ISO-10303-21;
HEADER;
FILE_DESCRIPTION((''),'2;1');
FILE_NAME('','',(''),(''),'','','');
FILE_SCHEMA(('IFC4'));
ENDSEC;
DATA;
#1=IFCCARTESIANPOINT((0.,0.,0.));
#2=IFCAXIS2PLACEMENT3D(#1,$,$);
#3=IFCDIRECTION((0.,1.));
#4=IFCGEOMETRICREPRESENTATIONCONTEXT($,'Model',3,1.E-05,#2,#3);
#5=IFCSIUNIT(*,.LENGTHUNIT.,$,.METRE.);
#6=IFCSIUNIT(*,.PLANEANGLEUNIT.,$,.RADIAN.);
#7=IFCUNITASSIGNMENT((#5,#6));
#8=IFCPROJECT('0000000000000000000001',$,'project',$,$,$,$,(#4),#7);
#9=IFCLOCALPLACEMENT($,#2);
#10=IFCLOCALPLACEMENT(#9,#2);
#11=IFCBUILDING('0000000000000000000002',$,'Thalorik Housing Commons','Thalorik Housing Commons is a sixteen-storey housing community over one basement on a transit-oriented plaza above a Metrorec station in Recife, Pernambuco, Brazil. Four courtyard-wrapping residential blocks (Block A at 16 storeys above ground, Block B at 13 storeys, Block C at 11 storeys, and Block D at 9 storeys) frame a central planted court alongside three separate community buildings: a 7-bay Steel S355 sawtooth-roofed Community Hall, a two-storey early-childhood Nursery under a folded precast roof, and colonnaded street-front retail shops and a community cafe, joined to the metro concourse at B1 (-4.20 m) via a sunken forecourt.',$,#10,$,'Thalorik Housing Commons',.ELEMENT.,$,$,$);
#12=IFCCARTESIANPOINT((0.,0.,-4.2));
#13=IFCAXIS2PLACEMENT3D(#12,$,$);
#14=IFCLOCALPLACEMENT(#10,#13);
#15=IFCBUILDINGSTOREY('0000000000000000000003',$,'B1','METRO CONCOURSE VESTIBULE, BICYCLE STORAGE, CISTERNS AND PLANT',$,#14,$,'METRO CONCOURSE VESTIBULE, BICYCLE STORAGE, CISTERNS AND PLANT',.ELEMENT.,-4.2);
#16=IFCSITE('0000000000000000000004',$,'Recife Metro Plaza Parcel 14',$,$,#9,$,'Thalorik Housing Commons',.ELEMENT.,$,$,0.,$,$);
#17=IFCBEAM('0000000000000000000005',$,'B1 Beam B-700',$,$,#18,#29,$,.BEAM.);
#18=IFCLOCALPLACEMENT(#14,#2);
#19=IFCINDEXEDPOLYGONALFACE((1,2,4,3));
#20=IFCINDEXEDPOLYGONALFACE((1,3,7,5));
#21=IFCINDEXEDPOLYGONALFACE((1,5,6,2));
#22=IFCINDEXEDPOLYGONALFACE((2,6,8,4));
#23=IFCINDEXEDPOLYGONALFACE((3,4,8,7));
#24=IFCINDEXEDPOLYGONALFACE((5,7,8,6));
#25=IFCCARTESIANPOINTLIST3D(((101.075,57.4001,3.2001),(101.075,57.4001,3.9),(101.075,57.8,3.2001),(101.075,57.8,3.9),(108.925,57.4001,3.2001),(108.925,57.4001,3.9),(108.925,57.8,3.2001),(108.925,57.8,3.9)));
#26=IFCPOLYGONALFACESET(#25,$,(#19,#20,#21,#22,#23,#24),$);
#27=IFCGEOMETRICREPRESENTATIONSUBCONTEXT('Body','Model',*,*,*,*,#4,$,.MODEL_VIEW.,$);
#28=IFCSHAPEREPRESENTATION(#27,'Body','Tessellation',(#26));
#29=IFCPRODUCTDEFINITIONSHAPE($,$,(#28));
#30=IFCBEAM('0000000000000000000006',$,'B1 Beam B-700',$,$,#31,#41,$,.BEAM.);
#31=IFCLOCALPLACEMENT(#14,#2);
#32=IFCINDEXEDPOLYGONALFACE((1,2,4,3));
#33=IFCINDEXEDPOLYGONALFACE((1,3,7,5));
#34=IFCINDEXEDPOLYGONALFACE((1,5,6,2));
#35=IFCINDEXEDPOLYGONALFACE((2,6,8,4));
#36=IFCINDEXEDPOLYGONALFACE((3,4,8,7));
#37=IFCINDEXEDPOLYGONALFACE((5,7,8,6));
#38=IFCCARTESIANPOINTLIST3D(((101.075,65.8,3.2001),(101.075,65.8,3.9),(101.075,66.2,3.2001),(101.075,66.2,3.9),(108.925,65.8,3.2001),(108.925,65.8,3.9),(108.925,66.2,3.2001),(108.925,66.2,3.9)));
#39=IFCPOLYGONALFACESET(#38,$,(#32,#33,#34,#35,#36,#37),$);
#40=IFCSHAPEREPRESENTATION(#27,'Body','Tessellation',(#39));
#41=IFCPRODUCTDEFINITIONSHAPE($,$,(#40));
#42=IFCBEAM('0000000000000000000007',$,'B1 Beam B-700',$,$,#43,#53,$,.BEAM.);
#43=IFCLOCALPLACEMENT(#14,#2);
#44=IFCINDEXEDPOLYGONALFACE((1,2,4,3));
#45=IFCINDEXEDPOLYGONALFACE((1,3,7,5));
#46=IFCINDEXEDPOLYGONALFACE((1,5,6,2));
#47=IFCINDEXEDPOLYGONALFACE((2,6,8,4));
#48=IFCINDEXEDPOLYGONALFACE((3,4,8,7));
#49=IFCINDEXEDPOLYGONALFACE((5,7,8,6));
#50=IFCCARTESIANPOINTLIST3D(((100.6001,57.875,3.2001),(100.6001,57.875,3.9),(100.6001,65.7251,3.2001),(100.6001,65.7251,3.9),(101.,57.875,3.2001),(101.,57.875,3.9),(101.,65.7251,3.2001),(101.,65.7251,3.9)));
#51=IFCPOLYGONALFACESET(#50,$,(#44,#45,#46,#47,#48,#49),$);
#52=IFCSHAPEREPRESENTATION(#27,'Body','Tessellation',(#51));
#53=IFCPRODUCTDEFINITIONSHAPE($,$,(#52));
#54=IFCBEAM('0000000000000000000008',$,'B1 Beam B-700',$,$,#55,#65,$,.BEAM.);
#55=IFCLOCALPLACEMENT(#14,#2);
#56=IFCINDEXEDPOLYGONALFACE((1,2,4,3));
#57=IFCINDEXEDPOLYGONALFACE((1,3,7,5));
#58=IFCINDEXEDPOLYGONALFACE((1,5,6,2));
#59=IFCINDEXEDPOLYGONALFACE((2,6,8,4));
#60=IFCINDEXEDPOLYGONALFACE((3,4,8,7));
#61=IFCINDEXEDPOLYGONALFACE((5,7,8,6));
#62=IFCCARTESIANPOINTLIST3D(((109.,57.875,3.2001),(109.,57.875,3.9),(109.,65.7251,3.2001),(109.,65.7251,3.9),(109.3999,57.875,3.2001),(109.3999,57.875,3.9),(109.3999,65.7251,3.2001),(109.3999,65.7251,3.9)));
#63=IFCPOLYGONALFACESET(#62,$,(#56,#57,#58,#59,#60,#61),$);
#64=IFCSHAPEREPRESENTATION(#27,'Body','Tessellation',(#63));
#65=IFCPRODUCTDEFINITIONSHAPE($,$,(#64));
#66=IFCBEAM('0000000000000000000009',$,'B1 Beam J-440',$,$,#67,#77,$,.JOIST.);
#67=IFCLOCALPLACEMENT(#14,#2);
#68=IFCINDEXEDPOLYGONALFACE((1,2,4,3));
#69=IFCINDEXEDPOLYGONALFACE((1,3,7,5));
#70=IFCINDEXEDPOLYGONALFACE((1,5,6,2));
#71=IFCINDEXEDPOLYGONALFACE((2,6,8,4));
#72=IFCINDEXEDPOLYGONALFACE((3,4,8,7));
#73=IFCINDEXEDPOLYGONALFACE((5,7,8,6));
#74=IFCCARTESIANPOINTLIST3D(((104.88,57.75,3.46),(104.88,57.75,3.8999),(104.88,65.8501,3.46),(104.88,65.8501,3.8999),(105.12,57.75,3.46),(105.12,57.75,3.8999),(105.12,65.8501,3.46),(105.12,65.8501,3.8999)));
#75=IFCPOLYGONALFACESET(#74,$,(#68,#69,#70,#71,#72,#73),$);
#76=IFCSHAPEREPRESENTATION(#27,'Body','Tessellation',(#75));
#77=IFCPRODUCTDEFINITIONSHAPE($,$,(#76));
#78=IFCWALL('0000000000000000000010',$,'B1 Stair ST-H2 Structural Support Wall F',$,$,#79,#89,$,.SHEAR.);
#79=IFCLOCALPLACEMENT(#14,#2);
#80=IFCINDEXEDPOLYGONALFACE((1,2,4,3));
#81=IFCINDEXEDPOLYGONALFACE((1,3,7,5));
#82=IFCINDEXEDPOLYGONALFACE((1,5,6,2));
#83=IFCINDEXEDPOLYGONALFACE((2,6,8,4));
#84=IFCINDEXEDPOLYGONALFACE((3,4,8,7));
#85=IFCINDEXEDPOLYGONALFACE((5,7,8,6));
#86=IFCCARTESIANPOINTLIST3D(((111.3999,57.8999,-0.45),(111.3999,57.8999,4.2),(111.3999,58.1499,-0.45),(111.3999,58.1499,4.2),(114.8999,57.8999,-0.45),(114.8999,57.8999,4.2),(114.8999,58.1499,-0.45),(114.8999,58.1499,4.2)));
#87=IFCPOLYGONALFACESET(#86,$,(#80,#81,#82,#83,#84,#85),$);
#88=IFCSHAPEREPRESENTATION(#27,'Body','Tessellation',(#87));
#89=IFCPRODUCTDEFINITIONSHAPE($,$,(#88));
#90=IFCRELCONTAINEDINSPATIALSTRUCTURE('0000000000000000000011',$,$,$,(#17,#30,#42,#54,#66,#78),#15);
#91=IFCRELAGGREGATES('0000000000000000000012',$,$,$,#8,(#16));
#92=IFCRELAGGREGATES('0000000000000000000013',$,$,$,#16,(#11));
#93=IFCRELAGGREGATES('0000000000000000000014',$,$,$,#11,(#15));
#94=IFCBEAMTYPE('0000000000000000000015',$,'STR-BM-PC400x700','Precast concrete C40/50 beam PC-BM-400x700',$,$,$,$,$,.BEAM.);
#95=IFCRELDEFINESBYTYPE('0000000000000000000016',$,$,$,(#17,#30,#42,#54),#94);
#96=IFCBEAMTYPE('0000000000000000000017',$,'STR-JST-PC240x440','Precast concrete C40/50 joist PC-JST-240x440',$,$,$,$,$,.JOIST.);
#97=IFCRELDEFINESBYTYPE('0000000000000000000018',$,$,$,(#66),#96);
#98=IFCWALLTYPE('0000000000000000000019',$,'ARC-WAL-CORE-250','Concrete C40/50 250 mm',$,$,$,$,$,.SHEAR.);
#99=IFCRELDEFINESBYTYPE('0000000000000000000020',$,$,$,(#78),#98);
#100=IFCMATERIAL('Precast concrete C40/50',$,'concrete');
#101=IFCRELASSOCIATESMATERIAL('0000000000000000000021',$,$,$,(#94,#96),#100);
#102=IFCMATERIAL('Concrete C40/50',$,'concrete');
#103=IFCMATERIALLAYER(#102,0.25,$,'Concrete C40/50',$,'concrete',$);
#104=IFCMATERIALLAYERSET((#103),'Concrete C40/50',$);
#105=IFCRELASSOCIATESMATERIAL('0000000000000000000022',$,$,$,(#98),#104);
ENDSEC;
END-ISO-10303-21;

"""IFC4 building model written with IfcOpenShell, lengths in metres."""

from ifc_helpers import new_model, si_unit, direction, frame, frame_2d, origin, origin_2d, place, context, subcontext, project, spatial, rectangle, extrude, material, layer, layer_set, material_profile, profile_set, type_object, element, save


model = new_model("IFC4")

# Units and contexts
model_context = context("Model", 3, precision=1e-05, world=origin(), true_north=direction((0.0, 1.0)))
body_context = subcontext(model_context, "Body", "Model", "MODEL_VIEW")
ifc_project = project(units=[si_unit("LENGTHUNIT", "METRE"), si_unit("PLANEANGLEUNIT", "RADIAN")], contexts=[model_context])

# Site, building, storey
site_placement = place(None, origin())
site = spatial("IfcSite", under=ifc_project, at=site_placement, Name="Recife Metro Plaza Parcel 14", LongName="Thalorik Housing Commons", CompositionType="ELEMENT", RefElevation=0.0)
building_placement = place(site_placement, origin())
building = spatial("IfcBuilding", under=site, at=building_placement, Name="Thalorik Housing Commons", Description="Thalorik Housing Commons is a sixteen-storey housing community over one basement on a transit-oriented plaza above a Metrorec station in Recife, Pernambuco, Brazil. Four courtyard-wrapping residential blocks (Block A at 16 storeys above ground, Block B at 13 storeys, Block C at 11 storeys, and Block D at 9 storeys) frame a central planted court alongside three separate community buildings: a 7-bay Steel S355 sawtooth-roofed Community Hall, a two-storey early-childhood Nursery under a folded precast roof, and colonnaded street-front retail shops and a community cafe, joined to the metro concourse at B1 (-4.20 m) via a sunken forecourt.", LongName="Thalorik Housing Commons", CompositionType="ELEMENT")
storey_placement = place(building_placement, frame((0.0, 0.0, -4.2)))
storey = spatial("IfcBuildingStorey", under=building, at=storey_placement, Name="B1", Description="METRO CONCOURSE VESTIBULE, BICYCLE STORAGE, CISTERNS AND PLANT", LongName="METRO CONCOURSE VESTIBULE, BICYCLE STORAGE, CISTERNS AND PLANT", CompositionType="ELEMENT", Elevation=-4.2)

# Shared definitions
ifc_material_1 = material(Name="Concrete C40/50", Category="concrete")

# Shared definitions
ifc_material_2 = material(Name="Precast concrete C40/50", Category="concrete")

# Beams
ifc_material_profile_1 = material_profile(ifc_material_2, rectangle(XDim=0.3999, YDim=0.7, at=origin_2d()), Name="PC 400x700", Category="concrete")
ifc_profile_set_1 = profile_set([ifc_material_profile_1], Name="Precast concrete C40/50")
beam_type_1 = type_object("IfcBeamType", Name="STR-BM-PC400x700", Description="Precast concrete C40/50 beam PC-BM-400x700", PredefinedType="BEAM", material=ifc_profile_set_1)
for number, where, z_axis, x_axis, name in (
    (1, (101.075, 57.6001, 3.55), (1.0, 0.0, 0.0), (0.0, 1.0, 0.0), "B1 Beam B-700"),
    (2, (101.075, 66.0, 3.55), (1.0, 0.0, 0.0), (0.0, 1.0, 0.0), "B1 Beam B-700"),
    (3, (100.8, 57.875, 3.55), (0.0, 1.0, 0.0), (-1.0, 0.0, 0.0), "B1 Beam B-700"),
    (4, (109.2, 57.875, 3.55), (0.0, 1.0, 0.0), (-1.0, 0.0, 0.0), "B1 Beam B-700"),
):
    element("IfcBeam", number, at=place(storey_placement, frame(where, z_axis=z_axis, x_axis=x_axis)), inside=storey, type_object=beam_type_1, Name=name, PredefinedType="BEAM", context=body_context, shape_type="SweptSolid", body=[
        extrude(rectangle(XDim=0.3999, YDim=0.7, at=origin_2d()), origin(), (0.0, 0.0, 1.0), 7.8501),
    ])
ifc_material_profile_2 = material_profile(ifc_material_2, rectangle(XDim=0.24, YDim=0.4399, at=origin_2d()), Name="PC JST 240x440", Category="concrete")
ifc_profile_set_2 = profile_set([ifc_material_profile_2], Name="Precast concrete C40/50")
beam_type_2 = type_object("IfcBeamType", Name="STR-JST-PC240x440", Description="Precast concrete C40/50 joist PC-JST-240x440", PredefinedType="JOIST", material=ifc_profile_set_2)
beam_placement = place(storey_placement, frame((105.0, 57.75, 3.6799), z_axis=(0.0, 1.0, 0.0), x_axis=(-1.0, 0.0, 0.0)))
element("IfcBeam", 5, at=beam_placement, inside=storey, type_object=beam_type_2, Name="B1 Beam J-440", PredefinedType="JOIST", context=body_context, shape_type="SweptSolid", body=[
    extrude(rectangle(XDim=0.24, YDim=0.4399, at=origin_2d()), origin(), (0.0, 0.0, 1.0), 8.1001),
])

# Wall
ifc_layer = layer(ifc_material_1, 0.25, Name="Concrete C40/50", Category="concrete")
ifc_layer_set = layer_set([ifc_layer], Name="Concrete C40/50")
wall_type = type_object("IfcWallType", Name="ARC-WAL-CORE-250", Description="Concrete C40/50 250 mm", PredefinedType="SHEAR", material=ifc_layer_set)
wall_placement = place(storey_placement, frame((111.3999, 58.0249, -0.45), z_axis=(0.0, 0.0, 1.0), x_axis=(1.0, 0.0, 0.0)))
element("IfcWall", 6, at=wall_placement, inside=storey, type_object=wall_type, Name="B1 Stair ST-H2 Structural Support Wall F", PredefinedType="SHEAR", context=body_context, shape_type="SweptSolid", body=[
    extrude(rectangle(XDim=3.5, YDim=0.25, at=frame_2d((1.75, 0.0))), origin(), (0.0, 0.0, 1.0), 4.6499),
])

save(model, "model.ifc")
